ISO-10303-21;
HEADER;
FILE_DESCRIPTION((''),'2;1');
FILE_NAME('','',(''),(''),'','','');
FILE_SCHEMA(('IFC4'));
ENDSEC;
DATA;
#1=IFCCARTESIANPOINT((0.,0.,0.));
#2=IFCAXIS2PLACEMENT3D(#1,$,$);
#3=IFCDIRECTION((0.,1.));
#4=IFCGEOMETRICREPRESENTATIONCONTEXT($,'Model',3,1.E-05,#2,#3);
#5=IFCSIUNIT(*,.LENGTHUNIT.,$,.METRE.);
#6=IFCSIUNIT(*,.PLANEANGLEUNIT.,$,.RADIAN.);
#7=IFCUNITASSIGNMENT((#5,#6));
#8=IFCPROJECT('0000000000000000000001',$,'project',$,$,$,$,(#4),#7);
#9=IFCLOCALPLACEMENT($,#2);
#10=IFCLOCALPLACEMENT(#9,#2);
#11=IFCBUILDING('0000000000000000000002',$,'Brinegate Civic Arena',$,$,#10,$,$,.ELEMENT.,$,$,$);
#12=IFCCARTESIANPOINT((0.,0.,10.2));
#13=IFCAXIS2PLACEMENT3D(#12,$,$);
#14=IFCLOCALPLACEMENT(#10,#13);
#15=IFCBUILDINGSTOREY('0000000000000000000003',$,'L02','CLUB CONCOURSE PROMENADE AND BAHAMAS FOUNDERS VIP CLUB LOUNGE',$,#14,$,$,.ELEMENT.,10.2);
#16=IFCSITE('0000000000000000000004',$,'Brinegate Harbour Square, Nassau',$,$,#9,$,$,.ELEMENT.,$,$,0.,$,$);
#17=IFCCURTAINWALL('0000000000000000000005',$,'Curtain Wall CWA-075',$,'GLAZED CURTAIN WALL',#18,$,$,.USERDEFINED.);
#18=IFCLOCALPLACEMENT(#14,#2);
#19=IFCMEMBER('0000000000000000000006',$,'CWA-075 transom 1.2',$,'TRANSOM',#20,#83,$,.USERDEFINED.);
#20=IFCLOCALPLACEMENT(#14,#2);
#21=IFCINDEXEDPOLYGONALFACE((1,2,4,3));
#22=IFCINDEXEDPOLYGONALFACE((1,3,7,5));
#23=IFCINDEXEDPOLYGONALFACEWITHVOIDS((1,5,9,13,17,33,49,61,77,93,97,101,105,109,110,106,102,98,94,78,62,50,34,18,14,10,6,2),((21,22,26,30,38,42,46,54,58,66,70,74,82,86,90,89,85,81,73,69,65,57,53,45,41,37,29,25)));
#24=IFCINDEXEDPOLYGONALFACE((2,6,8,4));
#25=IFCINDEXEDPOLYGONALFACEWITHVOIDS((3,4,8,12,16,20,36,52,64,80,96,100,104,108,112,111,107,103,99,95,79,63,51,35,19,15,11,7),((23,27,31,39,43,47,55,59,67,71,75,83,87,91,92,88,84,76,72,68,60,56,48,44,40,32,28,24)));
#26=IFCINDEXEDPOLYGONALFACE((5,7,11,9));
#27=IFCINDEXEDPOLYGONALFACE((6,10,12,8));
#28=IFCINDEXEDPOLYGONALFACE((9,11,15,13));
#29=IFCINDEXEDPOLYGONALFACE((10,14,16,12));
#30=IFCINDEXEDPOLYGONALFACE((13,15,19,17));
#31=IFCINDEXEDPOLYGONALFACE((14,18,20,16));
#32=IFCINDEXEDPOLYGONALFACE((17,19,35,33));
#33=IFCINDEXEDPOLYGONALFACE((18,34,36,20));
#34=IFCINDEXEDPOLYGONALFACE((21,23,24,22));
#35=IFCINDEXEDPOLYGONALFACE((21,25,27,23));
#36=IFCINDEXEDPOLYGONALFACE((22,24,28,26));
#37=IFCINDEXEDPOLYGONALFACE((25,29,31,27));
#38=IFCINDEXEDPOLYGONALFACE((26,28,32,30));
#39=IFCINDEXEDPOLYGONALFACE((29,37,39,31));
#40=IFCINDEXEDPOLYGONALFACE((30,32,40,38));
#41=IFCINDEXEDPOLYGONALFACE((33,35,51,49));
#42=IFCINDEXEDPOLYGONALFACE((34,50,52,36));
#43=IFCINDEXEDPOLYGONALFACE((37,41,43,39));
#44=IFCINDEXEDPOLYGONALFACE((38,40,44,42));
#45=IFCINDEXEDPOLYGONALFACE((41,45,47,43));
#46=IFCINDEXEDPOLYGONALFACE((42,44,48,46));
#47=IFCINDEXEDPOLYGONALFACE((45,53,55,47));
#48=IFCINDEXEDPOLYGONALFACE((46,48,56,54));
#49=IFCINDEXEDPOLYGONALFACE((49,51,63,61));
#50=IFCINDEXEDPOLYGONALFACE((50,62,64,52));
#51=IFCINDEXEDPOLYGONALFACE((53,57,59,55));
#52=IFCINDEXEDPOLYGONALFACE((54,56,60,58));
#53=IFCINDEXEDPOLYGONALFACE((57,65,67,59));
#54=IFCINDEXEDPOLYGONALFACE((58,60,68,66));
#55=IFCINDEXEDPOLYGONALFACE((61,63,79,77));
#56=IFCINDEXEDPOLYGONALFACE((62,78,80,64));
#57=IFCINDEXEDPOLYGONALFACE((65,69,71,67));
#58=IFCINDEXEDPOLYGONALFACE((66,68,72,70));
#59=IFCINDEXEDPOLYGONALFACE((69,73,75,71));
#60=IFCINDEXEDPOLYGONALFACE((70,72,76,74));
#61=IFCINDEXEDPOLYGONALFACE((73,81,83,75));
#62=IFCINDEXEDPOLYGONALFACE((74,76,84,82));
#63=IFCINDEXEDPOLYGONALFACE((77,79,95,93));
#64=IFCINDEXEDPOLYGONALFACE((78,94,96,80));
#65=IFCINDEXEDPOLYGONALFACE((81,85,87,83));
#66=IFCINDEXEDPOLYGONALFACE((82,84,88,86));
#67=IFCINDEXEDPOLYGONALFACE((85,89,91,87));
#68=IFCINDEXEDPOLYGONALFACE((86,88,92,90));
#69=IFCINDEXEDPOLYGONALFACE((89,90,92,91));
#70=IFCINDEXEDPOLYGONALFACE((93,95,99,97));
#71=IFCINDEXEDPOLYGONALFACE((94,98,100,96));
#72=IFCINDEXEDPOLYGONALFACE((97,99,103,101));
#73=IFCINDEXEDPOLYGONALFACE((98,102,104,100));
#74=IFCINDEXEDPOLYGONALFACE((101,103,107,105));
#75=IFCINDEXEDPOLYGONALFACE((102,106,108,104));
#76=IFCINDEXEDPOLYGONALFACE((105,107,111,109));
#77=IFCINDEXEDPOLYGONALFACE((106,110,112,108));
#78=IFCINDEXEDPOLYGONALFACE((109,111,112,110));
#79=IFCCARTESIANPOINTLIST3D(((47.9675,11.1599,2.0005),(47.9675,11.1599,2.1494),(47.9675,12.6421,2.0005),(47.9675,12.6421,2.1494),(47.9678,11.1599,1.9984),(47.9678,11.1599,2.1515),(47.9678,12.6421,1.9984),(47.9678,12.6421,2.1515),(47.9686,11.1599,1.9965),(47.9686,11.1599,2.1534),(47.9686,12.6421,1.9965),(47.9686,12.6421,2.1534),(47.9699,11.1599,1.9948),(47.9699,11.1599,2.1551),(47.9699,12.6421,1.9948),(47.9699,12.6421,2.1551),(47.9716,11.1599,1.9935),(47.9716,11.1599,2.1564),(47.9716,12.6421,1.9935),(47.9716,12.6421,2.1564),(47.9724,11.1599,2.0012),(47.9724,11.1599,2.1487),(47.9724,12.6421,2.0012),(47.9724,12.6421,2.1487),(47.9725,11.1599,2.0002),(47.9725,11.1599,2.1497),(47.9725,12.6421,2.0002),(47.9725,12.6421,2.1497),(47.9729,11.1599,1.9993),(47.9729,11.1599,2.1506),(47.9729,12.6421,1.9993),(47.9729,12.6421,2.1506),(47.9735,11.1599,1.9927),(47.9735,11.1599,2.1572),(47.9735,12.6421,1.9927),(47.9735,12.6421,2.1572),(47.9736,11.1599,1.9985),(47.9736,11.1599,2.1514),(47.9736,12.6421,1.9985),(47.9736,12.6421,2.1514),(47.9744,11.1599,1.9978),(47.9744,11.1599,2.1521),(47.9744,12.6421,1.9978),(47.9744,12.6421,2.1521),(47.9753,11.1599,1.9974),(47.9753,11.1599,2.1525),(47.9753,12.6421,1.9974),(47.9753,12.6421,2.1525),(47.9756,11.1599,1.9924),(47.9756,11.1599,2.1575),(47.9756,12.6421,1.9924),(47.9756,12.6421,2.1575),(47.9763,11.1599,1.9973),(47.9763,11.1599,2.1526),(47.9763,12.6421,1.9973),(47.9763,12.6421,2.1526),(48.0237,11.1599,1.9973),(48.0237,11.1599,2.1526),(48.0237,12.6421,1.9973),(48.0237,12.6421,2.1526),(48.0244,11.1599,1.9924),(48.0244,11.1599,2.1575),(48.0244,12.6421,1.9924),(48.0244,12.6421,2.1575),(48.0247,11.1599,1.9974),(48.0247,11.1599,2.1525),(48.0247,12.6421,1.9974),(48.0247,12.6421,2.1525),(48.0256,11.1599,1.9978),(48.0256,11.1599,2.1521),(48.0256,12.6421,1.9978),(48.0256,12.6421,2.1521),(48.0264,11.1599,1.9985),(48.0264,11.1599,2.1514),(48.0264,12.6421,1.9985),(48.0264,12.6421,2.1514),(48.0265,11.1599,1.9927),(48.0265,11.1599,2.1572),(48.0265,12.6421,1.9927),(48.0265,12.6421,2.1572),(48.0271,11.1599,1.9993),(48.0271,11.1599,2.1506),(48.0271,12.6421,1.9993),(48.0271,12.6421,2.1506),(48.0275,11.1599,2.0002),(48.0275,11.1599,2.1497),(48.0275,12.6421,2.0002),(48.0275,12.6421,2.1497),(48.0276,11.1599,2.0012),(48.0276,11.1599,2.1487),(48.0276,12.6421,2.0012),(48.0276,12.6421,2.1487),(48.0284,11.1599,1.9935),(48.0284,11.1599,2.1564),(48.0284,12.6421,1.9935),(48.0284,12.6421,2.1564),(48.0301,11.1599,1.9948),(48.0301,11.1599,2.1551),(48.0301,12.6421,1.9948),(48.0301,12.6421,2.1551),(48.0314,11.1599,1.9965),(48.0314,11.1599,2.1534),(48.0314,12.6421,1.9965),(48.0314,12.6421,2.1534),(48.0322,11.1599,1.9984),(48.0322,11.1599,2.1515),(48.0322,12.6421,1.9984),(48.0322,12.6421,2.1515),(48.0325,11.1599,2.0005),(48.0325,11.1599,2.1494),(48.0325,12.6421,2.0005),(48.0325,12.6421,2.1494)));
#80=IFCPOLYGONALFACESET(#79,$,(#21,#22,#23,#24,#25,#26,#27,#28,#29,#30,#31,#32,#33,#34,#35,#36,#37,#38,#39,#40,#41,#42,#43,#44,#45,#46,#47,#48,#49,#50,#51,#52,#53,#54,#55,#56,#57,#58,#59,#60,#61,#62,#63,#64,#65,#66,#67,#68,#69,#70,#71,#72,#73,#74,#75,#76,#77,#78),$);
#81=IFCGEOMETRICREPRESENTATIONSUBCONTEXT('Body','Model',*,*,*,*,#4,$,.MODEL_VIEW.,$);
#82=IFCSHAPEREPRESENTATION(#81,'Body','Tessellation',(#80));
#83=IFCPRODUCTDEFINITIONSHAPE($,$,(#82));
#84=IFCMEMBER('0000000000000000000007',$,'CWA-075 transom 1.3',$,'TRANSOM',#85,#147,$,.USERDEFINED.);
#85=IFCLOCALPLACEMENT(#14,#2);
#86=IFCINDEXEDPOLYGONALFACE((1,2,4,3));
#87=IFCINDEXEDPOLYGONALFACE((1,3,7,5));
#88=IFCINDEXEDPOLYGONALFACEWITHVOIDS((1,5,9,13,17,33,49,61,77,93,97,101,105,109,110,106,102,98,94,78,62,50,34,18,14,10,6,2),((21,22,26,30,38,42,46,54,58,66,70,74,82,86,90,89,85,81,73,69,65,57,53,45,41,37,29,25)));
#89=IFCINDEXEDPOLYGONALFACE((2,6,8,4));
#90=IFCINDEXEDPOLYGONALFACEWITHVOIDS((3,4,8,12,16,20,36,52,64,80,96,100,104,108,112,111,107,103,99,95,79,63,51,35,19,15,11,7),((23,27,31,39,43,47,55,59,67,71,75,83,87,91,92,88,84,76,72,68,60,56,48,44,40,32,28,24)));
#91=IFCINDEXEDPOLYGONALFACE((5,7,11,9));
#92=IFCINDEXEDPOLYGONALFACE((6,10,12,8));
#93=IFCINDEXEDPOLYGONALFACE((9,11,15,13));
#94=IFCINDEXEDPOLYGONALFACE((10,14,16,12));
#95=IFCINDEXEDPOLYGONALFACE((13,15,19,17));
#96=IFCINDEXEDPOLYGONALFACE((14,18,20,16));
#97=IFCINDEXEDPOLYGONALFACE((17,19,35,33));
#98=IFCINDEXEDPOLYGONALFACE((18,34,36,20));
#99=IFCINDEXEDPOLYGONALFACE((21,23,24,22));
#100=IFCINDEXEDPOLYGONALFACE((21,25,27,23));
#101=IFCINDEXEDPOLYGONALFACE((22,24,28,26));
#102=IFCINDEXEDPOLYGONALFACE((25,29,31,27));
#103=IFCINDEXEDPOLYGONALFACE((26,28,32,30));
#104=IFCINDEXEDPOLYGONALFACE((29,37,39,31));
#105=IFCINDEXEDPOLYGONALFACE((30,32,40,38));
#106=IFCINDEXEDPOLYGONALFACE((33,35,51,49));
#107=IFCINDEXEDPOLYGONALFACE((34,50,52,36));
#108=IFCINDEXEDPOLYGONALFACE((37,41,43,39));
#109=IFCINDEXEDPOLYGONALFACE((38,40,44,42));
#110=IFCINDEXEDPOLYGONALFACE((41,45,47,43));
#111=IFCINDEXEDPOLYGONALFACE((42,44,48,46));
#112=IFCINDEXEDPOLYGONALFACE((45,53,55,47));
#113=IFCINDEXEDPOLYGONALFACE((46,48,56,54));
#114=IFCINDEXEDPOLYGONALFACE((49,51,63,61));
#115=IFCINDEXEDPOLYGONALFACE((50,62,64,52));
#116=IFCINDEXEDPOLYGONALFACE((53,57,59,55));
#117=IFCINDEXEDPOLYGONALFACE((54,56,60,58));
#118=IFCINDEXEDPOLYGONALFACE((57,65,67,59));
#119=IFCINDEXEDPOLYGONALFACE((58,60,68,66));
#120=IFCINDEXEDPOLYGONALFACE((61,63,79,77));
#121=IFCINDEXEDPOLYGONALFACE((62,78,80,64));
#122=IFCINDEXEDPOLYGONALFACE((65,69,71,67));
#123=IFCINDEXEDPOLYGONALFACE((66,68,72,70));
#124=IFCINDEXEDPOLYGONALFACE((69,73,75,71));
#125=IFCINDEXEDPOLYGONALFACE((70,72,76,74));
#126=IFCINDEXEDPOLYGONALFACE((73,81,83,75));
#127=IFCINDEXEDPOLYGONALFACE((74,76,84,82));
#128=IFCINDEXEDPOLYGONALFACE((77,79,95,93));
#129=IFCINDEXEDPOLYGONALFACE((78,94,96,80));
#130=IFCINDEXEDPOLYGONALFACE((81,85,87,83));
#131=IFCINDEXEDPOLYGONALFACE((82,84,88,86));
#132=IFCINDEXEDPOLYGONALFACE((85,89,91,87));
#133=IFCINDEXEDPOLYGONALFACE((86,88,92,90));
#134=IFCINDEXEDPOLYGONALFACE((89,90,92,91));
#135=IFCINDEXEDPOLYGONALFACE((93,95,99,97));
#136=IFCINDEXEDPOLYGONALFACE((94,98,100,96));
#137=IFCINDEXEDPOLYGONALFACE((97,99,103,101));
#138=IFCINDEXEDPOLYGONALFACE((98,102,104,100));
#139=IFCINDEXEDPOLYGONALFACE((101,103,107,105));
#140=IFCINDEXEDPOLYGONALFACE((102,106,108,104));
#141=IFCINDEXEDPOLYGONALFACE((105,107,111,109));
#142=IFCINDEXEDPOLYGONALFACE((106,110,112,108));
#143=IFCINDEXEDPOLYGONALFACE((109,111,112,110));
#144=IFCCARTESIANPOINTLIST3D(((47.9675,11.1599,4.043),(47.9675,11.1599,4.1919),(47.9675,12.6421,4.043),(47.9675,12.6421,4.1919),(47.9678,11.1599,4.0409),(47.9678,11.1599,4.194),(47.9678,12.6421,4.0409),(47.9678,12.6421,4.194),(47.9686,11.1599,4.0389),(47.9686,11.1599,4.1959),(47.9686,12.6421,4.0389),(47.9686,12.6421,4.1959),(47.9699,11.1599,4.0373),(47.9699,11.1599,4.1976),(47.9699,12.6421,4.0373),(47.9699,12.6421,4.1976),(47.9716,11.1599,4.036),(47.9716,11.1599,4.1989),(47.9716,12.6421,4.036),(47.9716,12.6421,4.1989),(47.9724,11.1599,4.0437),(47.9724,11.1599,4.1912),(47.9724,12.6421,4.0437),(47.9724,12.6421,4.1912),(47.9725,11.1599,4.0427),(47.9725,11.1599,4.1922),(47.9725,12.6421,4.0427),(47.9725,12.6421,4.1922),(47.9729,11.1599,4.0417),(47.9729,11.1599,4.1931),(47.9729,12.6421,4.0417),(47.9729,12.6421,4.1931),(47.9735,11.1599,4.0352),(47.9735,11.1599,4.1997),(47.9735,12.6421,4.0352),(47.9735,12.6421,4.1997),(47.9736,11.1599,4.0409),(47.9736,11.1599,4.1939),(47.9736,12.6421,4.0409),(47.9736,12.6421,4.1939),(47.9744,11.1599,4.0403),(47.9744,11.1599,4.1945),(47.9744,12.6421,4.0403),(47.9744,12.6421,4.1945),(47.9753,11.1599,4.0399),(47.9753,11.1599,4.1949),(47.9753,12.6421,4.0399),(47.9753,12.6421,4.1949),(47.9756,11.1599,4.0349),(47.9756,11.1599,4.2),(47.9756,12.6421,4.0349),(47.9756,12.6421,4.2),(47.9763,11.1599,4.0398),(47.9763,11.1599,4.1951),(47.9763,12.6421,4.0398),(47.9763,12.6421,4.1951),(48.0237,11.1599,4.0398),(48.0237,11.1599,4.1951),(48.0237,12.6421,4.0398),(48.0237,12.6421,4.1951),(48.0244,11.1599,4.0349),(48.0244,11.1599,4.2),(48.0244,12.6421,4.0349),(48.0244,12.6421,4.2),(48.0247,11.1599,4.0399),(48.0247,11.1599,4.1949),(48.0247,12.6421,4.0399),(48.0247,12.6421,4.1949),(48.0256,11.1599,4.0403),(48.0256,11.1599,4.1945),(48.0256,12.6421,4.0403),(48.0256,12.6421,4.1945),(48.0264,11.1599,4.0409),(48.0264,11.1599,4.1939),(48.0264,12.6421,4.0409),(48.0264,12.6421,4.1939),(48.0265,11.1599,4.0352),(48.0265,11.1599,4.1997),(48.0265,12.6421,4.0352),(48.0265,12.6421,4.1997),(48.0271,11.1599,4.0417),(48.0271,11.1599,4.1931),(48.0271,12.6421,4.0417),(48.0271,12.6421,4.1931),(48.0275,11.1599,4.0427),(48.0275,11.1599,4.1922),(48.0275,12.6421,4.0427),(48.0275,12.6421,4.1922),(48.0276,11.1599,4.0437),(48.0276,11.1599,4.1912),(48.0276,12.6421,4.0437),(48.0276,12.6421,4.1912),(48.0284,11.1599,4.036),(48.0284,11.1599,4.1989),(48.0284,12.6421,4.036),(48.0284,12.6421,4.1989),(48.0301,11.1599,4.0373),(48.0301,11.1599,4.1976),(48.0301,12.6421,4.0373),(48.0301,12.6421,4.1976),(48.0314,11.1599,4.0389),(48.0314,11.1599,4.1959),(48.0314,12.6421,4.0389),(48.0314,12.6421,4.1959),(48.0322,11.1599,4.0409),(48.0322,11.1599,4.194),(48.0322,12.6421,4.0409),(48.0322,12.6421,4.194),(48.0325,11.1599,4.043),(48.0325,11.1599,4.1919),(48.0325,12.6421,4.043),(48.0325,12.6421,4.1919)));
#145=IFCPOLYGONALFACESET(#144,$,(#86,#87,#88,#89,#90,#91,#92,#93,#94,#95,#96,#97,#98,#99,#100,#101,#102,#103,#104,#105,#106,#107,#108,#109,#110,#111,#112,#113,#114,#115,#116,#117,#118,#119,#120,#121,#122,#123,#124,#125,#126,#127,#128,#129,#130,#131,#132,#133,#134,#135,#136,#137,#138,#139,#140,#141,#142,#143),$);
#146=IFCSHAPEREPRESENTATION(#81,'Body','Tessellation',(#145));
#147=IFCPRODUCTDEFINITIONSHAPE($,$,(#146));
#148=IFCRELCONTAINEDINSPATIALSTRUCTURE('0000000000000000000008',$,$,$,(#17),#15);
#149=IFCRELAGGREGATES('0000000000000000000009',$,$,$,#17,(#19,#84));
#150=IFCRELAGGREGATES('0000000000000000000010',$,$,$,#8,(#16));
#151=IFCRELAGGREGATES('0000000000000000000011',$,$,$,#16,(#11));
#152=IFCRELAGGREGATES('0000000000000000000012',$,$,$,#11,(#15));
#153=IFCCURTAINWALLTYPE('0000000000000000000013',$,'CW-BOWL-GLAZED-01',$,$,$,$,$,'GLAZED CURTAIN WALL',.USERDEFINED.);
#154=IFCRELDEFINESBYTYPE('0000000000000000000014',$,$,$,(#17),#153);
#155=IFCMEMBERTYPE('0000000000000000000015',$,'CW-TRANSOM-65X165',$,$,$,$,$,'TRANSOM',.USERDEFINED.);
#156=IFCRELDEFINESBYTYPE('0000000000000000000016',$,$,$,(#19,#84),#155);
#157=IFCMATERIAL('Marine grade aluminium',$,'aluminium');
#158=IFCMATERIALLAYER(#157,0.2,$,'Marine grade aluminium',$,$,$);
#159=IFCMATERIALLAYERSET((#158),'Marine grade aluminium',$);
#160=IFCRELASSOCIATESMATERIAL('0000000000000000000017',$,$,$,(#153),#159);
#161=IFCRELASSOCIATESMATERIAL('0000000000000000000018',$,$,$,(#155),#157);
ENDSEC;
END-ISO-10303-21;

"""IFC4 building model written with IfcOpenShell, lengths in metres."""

from ifc_helpers import new_model, si_unit, direction, frame, origin, origin_2d, place, context, subcontext, project, spatial, hollow_rectangle, extrude, material, layer, layer_set, material_profile, profile_set, type_object, element, aggregate, save


model = new_model("IFC4")

# Units and contexts
model_context = context("Model", 3, precision=1e-05, world=origin(), true_north=direction((0.0, 1.0)))
body_context = subcontext(model_context, "Body", "Model", "MODEL_VIEW")
ifc_project = project(units=[si_unit("LENGTHUNIT", "METRE"), si_unit("PLANEANGLEUNIT", "RADIAN")], contexts=[model_context])

# Site, building, storey
site_placement = place(None, origin())
site = spatial("IfcSite", under=ifc_project, at=site_placement, Name="Brinegate Harbour Square, Nassau", CompositionType="ELEMENT", RefElevation=0.0)
building_placement = place(site_placement, origin())
building = spatial("IfcBuilding", under=site, at=building_placement, Name="Brinegate Civic Arena", CompositionType="ELEMENT")
storey_placement = place(building_placement, frame((0.0, 0.0, 10.2)))
storey = spatial("IfcBuildingStorey", under=building, at=storey_placement, Name="L02", Description="CLUB CONCOURSE PROMENADE AND BAHAMAS FOUNDERS VIP CLUB LOUNGE", CompositionType="ELEMENT", Elevation=10.2)

# Curtain wall
ifc_material_1 = material(Name="Marine grade aluminium", Category="aluminium")
ifc_layer_1 = layer(ifc_material_1, 0.2, Name="Marine grade aluminium")
ifc_layer_set_1 = layer_set([ifc_layer_1], Name="Marine grade aluminium")
curtain_wall_type_1 = type_object("IfcCurtainWallType", Name="CW-BOWL-GLAZED-01", ElementType="GLAZED CURTAIN WALL", PredefinedType="USERDEFINED", material=ifc_layer_set_1)
curtain_wall_1_placement = place(storey_placement, origin())
curtain_wall_1 = element("IfcCurtainWall", 1, at=curtain_wall_1_placement, inside=storey, type_object=curtain_wall_type_1, Name="Curtain Wall CWA-075", ObjectType="GLAZED CURTAIN WALL", PredefinedType="USERDEFINED")

# Members
ifc_material_profile_1 = material_profile(ifc_material_1, hollow_rectangle(XDim=0.0649, YDim=0.165, WallThickness=0.0049, InnerFilletRadius=0.0039, OuterFilletRadius=0.0081, at=origin_2d()), Name="TRN65X165")
ifc_profile_set_1 = profile_set([ifc_material_profile_1], Name="Marine grade aluminium")
member_type_1 = type_object("IfcMemberType", Name="CW-TRANSOM-65X165", ElementType="TRANSOM", PredefinedType="USERDEFINED", material=ifc_profile_set_1)
member_1_placement = place(storey_placement, frame((48.0, 11.1599, 2.075), z_axis=(0.0, 1.0, 0.0), x_axis=(-1.0, 0.0, 0.0)))
member_1 = element("IfcMember", 2, at=member_1_placement, type_object=member_type_1, Name="CWA-075 transom 1.2", ObjectType="TRANSOM", PredefinedType="USERDEFINED", context=body_context, shape_type="SweptSolid", body=[
    extrude(hollow_rectangle(XDim=0.0649, YDim=0.165, WallThickness=0.0049, InnerFilletRadius=0.0039, OuterFilletRadius=0.0081, at=origin_2d()), origin(), (0.0, 0.0, 1.0), 1.4822),
])
member_2_placement = place(storey_placement, frame((48.0, 11.1599, 4.1174), z_axis=(0.0, 1.0, 0.0), x_axis=(-1.0, 0.0, 0.0)))
member_2 = element("IfcMember", 3, at=member_2_placement, type_object=member_type_1, Name="CWA-075 transom 1.3", ObjectType="TRANSOM", PredefinedType="USERDEFINED", context=body_context, shape_type="SweptSolid", body=[
    extrude(hollow_rectangle(XDim=0.0649, YDim=0.165, WallThickness=0.0049, InnerFilletRadius=0.0039, OuterFilletRadius=0.0081, at=origin_2d()), origin(), (0.0, 0.0, 1.0), 1.4822),
])

aggregate(curtain_wall_1, [member_1, member_2])

save(model, "model.ifc")
